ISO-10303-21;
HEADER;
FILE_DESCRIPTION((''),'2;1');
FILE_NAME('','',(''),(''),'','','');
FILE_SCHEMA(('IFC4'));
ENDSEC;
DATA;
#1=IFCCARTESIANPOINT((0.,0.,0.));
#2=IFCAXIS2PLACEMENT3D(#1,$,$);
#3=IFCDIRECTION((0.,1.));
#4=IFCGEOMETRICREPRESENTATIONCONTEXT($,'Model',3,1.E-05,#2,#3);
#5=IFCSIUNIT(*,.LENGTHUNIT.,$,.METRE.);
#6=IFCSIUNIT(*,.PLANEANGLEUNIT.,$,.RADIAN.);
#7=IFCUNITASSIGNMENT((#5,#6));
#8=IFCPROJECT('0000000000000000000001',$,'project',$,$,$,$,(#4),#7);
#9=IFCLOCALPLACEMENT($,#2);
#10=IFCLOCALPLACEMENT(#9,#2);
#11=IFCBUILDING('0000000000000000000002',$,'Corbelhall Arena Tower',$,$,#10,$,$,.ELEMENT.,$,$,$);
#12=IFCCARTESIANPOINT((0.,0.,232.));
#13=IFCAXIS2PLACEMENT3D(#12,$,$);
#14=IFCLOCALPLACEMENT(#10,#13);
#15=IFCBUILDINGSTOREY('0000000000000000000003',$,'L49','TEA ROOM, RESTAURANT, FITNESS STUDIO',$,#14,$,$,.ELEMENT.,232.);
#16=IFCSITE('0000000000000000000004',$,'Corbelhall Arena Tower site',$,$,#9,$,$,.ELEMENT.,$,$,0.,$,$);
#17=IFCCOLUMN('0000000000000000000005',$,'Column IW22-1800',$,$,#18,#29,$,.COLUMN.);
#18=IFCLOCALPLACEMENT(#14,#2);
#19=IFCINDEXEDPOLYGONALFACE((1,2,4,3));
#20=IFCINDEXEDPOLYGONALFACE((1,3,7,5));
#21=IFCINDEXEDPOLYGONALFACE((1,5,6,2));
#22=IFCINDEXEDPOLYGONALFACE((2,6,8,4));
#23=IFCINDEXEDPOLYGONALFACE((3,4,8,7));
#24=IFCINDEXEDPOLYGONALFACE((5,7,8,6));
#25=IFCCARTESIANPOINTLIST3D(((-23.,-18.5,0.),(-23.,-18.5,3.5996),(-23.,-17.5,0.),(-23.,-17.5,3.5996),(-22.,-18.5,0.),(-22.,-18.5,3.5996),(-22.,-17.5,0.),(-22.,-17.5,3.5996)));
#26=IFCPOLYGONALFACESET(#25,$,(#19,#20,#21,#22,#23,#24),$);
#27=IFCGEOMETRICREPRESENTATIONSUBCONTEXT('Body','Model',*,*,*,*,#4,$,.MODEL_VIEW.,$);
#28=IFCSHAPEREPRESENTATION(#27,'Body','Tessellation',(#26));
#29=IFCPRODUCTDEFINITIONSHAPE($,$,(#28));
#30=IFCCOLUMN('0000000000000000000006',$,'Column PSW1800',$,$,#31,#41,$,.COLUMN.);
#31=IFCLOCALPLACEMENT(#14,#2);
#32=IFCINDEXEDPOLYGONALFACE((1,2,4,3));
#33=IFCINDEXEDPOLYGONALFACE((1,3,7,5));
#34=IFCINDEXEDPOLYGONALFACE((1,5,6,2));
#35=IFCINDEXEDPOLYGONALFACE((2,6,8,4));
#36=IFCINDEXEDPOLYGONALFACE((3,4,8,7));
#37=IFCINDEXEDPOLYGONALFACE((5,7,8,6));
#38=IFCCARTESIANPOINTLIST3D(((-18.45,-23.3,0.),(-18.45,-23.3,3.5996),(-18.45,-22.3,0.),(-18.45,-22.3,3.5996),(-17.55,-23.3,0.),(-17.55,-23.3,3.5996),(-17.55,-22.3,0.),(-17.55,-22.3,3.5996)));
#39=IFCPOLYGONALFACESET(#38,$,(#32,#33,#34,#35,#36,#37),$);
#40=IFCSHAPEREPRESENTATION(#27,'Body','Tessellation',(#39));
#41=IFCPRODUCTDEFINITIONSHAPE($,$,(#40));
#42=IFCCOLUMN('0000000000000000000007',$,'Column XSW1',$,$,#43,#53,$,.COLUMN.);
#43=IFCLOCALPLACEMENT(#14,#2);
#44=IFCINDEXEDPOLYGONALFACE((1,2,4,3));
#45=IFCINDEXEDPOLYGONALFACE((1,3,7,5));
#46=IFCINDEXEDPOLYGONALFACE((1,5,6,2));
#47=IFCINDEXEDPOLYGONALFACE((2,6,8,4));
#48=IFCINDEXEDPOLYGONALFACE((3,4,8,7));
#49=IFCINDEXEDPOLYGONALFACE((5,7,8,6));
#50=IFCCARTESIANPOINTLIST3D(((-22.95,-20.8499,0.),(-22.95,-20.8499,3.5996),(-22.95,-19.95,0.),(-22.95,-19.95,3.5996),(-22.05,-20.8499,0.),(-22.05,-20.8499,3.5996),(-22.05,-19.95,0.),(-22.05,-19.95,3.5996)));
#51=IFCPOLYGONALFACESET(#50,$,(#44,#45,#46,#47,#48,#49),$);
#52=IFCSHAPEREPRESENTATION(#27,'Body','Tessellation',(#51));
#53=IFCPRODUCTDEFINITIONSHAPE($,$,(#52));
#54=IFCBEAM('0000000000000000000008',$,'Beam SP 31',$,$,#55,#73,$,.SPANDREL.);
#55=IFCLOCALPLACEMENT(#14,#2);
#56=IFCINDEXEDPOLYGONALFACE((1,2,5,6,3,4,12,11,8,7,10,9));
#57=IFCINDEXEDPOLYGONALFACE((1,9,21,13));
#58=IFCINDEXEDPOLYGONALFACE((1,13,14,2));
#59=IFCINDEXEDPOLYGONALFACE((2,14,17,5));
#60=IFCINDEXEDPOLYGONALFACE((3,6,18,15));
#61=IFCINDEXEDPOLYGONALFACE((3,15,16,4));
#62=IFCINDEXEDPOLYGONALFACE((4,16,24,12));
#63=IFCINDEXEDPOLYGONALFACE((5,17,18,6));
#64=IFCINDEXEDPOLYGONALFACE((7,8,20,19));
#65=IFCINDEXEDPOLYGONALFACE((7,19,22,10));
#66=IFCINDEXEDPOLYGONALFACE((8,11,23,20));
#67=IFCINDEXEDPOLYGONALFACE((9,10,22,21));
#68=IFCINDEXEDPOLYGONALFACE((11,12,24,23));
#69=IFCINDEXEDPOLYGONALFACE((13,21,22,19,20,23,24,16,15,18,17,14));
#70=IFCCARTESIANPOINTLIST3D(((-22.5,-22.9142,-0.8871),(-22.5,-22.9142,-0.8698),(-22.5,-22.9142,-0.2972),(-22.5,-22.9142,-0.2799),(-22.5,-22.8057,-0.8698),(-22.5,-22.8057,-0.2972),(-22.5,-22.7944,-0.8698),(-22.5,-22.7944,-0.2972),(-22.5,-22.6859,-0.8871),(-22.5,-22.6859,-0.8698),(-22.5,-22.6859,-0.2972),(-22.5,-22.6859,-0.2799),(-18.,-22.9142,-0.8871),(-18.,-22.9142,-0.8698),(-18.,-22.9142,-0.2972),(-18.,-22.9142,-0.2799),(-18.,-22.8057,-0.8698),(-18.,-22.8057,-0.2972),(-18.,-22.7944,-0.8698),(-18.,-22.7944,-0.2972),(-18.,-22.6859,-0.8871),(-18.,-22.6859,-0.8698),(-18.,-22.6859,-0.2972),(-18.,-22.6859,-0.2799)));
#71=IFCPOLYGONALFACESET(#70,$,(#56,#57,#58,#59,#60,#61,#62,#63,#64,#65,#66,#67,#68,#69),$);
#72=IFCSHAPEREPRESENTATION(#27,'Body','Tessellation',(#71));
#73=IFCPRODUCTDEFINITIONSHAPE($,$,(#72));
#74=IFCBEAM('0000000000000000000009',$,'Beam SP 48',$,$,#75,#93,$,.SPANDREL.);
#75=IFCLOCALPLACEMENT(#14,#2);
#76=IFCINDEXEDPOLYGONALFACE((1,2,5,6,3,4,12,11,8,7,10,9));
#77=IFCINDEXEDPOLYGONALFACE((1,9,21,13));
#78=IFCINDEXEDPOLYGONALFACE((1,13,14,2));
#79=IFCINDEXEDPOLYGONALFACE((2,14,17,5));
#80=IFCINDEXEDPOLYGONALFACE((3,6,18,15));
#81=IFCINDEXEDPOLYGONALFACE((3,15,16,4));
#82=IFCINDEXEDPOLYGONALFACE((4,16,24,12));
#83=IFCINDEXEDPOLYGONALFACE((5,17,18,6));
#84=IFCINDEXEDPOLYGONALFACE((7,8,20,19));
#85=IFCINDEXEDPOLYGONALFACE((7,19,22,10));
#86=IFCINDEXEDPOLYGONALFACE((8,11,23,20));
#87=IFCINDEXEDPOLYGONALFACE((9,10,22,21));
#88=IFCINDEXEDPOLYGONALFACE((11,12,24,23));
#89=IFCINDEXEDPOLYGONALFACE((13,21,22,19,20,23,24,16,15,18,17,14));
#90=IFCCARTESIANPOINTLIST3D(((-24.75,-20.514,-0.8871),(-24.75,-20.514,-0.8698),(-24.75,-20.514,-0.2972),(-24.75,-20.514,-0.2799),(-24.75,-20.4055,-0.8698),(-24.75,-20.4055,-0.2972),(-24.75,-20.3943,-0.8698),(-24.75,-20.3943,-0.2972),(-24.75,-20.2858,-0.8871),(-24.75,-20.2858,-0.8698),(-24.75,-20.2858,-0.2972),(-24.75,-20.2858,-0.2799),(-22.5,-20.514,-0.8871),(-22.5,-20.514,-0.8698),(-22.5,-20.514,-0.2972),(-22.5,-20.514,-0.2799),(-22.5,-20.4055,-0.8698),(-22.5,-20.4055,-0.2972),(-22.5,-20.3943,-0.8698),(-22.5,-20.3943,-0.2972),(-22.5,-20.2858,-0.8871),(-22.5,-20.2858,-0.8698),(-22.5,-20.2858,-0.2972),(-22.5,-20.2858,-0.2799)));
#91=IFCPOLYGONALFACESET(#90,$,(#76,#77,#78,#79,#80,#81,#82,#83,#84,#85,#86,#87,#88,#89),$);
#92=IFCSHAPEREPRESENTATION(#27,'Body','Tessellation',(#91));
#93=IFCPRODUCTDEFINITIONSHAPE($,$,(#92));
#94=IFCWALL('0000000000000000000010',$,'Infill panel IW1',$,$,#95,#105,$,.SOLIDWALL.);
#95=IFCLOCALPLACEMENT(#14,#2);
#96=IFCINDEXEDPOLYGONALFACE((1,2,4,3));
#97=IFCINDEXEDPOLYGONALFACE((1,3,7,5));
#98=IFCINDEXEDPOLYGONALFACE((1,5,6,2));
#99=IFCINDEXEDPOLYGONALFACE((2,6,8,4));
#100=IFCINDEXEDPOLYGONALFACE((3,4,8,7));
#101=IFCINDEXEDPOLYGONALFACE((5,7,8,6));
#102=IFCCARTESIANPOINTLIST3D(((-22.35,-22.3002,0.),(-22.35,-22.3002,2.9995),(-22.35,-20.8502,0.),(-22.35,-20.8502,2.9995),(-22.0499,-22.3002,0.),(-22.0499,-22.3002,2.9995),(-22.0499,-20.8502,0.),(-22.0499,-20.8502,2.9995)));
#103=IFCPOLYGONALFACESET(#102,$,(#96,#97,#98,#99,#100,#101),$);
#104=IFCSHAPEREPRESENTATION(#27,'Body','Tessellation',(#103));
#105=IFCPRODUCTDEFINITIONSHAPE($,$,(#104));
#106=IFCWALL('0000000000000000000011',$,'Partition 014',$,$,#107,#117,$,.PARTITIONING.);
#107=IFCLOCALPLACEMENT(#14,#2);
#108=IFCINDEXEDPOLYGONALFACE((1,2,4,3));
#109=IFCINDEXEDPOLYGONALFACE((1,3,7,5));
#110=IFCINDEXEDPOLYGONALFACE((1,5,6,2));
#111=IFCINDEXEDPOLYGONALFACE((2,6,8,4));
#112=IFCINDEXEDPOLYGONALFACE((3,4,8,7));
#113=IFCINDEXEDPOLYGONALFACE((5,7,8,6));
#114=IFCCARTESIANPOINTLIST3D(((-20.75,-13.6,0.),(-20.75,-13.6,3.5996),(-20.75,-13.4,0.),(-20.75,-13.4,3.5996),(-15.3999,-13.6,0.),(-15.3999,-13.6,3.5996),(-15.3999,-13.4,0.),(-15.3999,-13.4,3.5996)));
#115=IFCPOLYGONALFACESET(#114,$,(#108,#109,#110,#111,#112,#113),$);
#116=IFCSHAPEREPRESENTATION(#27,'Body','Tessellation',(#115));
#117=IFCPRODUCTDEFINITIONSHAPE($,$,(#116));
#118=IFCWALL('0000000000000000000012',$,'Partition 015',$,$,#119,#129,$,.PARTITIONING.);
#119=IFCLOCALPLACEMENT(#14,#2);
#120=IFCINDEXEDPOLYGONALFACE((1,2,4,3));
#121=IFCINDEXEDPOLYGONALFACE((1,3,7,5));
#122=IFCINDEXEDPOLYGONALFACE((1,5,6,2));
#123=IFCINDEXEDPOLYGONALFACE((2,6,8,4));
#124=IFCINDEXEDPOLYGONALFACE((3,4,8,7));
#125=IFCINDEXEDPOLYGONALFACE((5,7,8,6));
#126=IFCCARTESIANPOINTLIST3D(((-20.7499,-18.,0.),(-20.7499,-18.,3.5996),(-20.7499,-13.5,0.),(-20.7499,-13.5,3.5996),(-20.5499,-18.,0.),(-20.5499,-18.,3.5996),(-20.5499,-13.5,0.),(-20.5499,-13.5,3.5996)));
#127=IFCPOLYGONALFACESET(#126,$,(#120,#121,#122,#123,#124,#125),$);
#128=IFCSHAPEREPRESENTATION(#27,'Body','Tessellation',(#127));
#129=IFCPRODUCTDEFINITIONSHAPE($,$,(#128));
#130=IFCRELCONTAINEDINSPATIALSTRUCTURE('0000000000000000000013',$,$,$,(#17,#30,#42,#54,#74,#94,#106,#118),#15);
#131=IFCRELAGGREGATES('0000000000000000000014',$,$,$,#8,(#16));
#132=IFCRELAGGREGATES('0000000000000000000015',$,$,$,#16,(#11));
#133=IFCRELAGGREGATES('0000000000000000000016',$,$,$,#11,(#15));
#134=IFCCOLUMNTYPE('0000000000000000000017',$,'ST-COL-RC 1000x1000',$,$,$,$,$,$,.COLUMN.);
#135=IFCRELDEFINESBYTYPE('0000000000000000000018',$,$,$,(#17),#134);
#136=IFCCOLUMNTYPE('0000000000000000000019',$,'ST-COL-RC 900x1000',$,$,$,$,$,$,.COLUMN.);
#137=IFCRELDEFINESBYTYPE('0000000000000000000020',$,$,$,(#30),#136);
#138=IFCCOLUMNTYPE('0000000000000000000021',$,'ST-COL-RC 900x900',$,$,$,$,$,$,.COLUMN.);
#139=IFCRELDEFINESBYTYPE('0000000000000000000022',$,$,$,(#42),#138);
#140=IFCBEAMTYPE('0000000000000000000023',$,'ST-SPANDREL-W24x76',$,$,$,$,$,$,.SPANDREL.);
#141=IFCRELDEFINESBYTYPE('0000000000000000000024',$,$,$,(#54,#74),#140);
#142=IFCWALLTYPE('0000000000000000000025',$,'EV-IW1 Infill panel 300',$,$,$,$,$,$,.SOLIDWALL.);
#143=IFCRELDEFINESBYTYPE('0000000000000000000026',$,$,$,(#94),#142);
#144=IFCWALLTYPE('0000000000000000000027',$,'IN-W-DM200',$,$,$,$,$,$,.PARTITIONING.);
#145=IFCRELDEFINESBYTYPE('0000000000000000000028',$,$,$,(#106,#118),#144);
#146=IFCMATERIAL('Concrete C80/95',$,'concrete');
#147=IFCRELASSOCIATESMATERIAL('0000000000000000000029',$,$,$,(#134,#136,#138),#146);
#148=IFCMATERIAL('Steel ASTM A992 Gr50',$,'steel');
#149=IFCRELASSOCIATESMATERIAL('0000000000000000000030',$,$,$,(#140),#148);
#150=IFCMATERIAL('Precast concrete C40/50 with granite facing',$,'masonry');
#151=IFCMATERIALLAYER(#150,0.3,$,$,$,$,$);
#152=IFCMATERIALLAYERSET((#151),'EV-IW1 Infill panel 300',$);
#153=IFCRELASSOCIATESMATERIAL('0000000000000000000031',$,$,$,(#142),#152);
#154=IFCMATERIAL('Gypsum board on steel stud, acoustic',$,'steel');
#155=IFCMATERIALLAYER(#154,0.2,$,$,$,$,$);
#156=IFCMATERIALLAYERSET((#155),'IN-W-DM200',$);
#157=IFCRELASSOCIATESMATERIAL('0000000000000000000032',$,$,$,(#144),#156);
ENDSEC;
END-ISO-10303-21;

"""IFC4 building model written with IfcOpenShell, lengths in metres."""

from ifc_helpers import new_model, si_unit, direction, frame, frame_2d, origin, origin_2d, place, context, subcontext, project, spatial, rectangle, i_section, extrude, material, layer, layer_set, material_profile, profile_set, type_object, element, save


model = new_model("IFC4")

# Units and contexts
model_context = context("Model", 3, precision=1e-05, world=origin(), true_north=direction((0.0, 1.0)))
body_context = subcontext(model_context, "Body", "Model", "MODEL_VIEW")
ifc_project = project(units=[si_unit("LENGTHUNIT", "METRE"), si_unit("PLANEANGLEUNIT", "RADIAN")], contexts=[model_context])

# Site, building, storey
site_placement = place(None, origin())
site = spatial("IfcSite", under=ifc_project, at=site_placement, Name="Corbelhall Arena Tower site", CompositionType="ELEMENT", RefElevation=0.0)
building_placement = place(site_placement, origin())
building = spatial("IfcBuilding", under=site, at=building_placement, Name="Corbelhall Arena Tower", CompositionType="ELEMENT")
storey_placement = place(building_placement, frame((0.0, 0.0, 232.0)))
storey = spatial("IfcBuildingStorey", under=building, at=storey_placement, Name="L49", Description="TEA ROOM, RESTAURANT, FITNESS STUDIO", CompositionType="ELEMENT", Elevation=232.0)

# Columns
ifc_material_1 = material(Name="Concrete C80/95", Category="concrete")
ifc_material_profile_1 = material_profile(ifc_material_1, rectangle(XDim=1.0, YDim=1.0, at=origin_2d()))
ifc_profile_set_1 = profile_set([ifc_material_profile_1], Name="Concrete C80/95")
column_type_1 = type_object("IfcColumnType", Name="ST-COL-RC 1000x1000", PredefinedType="COLUMN", material=ifc_profile_set_1)
column_1_placement = place(storey_placement, frame((-22.5, -18.0, 0.0), z_axis=(0.0, 0.0, 1.0), x_axis=(1.0, 0.0, 0.0)))
element("IfcColumn", 1, at=column_1_placement, inside=storey, type_object=column_type_1, Name="Column IW22-1800", PredefinedType="COLUMN", context=body_context, shape_type="SweptSolid", body=[
    extrude(rectangle(XDim=1.0, YDim=1.0, at=origin_2d()), origin(), (0.0, 0.0, 1.0), 3.5996),
])
ifc_material_profile_2 = material_profile(ifc_material_1, rectangle(XDim=0.8999, YDim=1.0, at=origin_2d()))
ifc_profile_set_2 = profile_set([ifc_material_profile_2], Name="Concrete C80/95")
column_type_2 = type_object("IfcColumnType", Name="ST-COL-RC 900x1000", PredefinedType="COLUMN", material=ifc_profile_set_2)
column_2_placement = place(storey_placement, frame((-18.0, -22.8, 0.0), z_axis=(0.0, 0.0, 1.0), x_axis=(1.0, 0.0, 0.0)))
element("IfcColumn", 2, at=column_2_placement, inside=storey, type_object=column_type_2, Name="Column PSW1800", PredefinedType="COLUMN", context=body_context, shape_type="SweptSolid", body=[
    extrude(rectangle(XDim=0.8999, YDim=1.0, at=origin_2d()), origin(), (0.0, 0.0, 1.0), 3.5996),
])
ifc_material_profile_3 = material_profile(ifc_material_1, rectangle(XDim=0.8999, YDim=0.8999, at=origin_2d()))
ifc_profile_set_3 = profile_set([ifc_material_profile_3], Name="Concrete C80/95")
column_type_3 = type_object("IfcColumnType", Name="ST-COL-RC 900x900", PredefinedType="COLUMN", material=ifc_profile_set_3)
column_3_placement = place(storey_placement, frame((-22.5, -20.3999, 0.0), z_axis=(0.0, 0.0, 1.0), x_axis=(1.0, 0.0, 0.0)))
element("IfcColumn", 3, at=column_3_placement, inside=storey, type_object=column_type_3, Name="Column XSW1", PredefinedType="COLUMN", context=body_context, shape_type="SweptSolid", body=[
    extrude(rectangle(XDim=0.8999, YDim=0.8999, at=origin_2d()), origin(), (0.0, 0.0, 1.0), 3.5996),
])

# Beams
ifc_material_2 = material(Name="Steel ASTM A992 Gr50", Category="steel")
ifc_material_profile_4 = material_profile(ifc_material_2, i_section(OverallWidth=0.2283, OverallDepth=0.6072, WebThickness=0.0112, FlangeThickness=0.0173, at=origin_2d()))
ifc_profile_set_4 = profile_set([ifc_material_profile_4], Name="Steel ASTM A992 Gr50")
beam_type = type_object("IfcBeamType", Name="ST-SPANDREL-W24x76", PredefinedType="SPANDREL", material=ifc_profile_set_4)
beam_1_placement = place(storey_placement, frame((-18.0, -22.8, -0.5835), z_axis=(-1.0, 0.0, 0.0), x_axis=(0.0, -1.0, 0.0)))
element("IfcBeam", 4, at=beam_1_placement, inside=storey, type_object=beam_type, Name="Beam SP 31", PredefinedType="SPANDREL", context=body_context, shape_type="SweptSolid", body=[
    extrude(i_section(OverallWidth=0.2283, OverallDepth=0.6072, WebThickness=0.0112, FlangeThickness=0.0173, at=origin_2d()), origin(), (0.0, 0.0, 1.0), 4.5),
])
beam_2_placement = place(storey_placement, frame((-22.5, -20.3999, -0.5835), z_axis=(-1.0, 0.0, 0.0), x_axis=(0.0, -1.0, 0.0)))
element("IfcBeam", 5, at=beam_2_placement, inside=storey, type_object=beam_type, Name="Beam SP 48", PredefinedType="SPANDREL", context=body_context, shape_type="SweptSolid", body=[
    extrude(i_section(OverallWidth=0.2283, OverallDepth=0.6072, WebThickness=0.0112, FlangeThickness=0.0173, at=origin_2d()), origin(), (0.0, 0.0, 1.0), 2.25),
])

# Wall
ifc_material_3 = material(Name="Precast concrete C40/50 with granite facing", Category="masonry")
ifc_layer_1 = layer(ifc_material_3, 0.3)
ifc_layer_set_1 = layer_set([ifc_layer_1], Name="EV-IW1 Infill panel 300")
wall_type_1 = type_object("IfcWallType", Name="EV-IW1 Infill panel 300", PredefinedType="SOLIDWALL", material=ifc_layer_set_1)
wall_1_placement = place(storey_placement, frame((-22.2, -20.8501, 0.0), z_axis=(0.0, 0.0, 1.0), x_axis=(0.0, -1.0, 0.0)))
element("IfcWall", 6, at=wall_1_placement, inside=storey, type_object=wall_type_1, Name="Infill panel IW1", PredefinedType="SOLIDWALL", context=body_context, shape_type="SweptSolid", body=[
    extrude(rectangle(XDim=1.45, YDim=0.3, at=frame_2d((0.7251, 0.0))), origin(), (0.0, 0.0, 1.0), 2.9995),
])

# Walls
ifc_material_4 = material(Name="Gypsum board on steel stud, acoustic", Category="steel")
ifc_layer_2 = layer(ifc_material_4, 0.2)
ifc_layer_set_2 = layer_set([ifc_layer_2], Name="IN-W-DM200")
wall_type_2 = type_object("IfcWallType", Name="IN-W-DM200", PredefinedType="PARTITIONING", material=ifc_layer_set_2)
wall_2_placement = place(storey_placement, frame((-20.75, -13.5, 0.0), z_axis=(0.0, 0.0, 1.0), x_axis=(1.0, 0.0, 0.0)))
element("IfcWall", 7, at=wall_2_placement, inside=storey, type_object=wall_type_2, Name="Partition 014", PredefinedType="PARTITIONING", context=body_context, shape_type="SweptSolid", body=[
    extrude(rectangle(XDim=5.3501, YDim=0.2, at=frame_2d((2.675, 0.0))), origin(), (0.0, 0.0, 1.0), 3.5996),
])
wall_3_placement = place(storey_placement, frame((-20.6499, -18.0, 0.0), z_axis=(0.0, 0.0, 1.0), x_axis=(0.0, 1.0, 0.0)))
element("IfcWall", 8, at=wall_3_placement, inside=storey, type_object=wall_type_2, Name="Partition 015", PredefinedType="PARTITIONING", context=body_context, shape_type="SweptSolid", body=[
    extrude(rectangle(XDim=4.5, YDim=0.2, at=frame_2d((2.25, 0.0))), origin(), (0.0, 0.0, 1.0), 3.5996),
])

save(model, "model.ifc")
